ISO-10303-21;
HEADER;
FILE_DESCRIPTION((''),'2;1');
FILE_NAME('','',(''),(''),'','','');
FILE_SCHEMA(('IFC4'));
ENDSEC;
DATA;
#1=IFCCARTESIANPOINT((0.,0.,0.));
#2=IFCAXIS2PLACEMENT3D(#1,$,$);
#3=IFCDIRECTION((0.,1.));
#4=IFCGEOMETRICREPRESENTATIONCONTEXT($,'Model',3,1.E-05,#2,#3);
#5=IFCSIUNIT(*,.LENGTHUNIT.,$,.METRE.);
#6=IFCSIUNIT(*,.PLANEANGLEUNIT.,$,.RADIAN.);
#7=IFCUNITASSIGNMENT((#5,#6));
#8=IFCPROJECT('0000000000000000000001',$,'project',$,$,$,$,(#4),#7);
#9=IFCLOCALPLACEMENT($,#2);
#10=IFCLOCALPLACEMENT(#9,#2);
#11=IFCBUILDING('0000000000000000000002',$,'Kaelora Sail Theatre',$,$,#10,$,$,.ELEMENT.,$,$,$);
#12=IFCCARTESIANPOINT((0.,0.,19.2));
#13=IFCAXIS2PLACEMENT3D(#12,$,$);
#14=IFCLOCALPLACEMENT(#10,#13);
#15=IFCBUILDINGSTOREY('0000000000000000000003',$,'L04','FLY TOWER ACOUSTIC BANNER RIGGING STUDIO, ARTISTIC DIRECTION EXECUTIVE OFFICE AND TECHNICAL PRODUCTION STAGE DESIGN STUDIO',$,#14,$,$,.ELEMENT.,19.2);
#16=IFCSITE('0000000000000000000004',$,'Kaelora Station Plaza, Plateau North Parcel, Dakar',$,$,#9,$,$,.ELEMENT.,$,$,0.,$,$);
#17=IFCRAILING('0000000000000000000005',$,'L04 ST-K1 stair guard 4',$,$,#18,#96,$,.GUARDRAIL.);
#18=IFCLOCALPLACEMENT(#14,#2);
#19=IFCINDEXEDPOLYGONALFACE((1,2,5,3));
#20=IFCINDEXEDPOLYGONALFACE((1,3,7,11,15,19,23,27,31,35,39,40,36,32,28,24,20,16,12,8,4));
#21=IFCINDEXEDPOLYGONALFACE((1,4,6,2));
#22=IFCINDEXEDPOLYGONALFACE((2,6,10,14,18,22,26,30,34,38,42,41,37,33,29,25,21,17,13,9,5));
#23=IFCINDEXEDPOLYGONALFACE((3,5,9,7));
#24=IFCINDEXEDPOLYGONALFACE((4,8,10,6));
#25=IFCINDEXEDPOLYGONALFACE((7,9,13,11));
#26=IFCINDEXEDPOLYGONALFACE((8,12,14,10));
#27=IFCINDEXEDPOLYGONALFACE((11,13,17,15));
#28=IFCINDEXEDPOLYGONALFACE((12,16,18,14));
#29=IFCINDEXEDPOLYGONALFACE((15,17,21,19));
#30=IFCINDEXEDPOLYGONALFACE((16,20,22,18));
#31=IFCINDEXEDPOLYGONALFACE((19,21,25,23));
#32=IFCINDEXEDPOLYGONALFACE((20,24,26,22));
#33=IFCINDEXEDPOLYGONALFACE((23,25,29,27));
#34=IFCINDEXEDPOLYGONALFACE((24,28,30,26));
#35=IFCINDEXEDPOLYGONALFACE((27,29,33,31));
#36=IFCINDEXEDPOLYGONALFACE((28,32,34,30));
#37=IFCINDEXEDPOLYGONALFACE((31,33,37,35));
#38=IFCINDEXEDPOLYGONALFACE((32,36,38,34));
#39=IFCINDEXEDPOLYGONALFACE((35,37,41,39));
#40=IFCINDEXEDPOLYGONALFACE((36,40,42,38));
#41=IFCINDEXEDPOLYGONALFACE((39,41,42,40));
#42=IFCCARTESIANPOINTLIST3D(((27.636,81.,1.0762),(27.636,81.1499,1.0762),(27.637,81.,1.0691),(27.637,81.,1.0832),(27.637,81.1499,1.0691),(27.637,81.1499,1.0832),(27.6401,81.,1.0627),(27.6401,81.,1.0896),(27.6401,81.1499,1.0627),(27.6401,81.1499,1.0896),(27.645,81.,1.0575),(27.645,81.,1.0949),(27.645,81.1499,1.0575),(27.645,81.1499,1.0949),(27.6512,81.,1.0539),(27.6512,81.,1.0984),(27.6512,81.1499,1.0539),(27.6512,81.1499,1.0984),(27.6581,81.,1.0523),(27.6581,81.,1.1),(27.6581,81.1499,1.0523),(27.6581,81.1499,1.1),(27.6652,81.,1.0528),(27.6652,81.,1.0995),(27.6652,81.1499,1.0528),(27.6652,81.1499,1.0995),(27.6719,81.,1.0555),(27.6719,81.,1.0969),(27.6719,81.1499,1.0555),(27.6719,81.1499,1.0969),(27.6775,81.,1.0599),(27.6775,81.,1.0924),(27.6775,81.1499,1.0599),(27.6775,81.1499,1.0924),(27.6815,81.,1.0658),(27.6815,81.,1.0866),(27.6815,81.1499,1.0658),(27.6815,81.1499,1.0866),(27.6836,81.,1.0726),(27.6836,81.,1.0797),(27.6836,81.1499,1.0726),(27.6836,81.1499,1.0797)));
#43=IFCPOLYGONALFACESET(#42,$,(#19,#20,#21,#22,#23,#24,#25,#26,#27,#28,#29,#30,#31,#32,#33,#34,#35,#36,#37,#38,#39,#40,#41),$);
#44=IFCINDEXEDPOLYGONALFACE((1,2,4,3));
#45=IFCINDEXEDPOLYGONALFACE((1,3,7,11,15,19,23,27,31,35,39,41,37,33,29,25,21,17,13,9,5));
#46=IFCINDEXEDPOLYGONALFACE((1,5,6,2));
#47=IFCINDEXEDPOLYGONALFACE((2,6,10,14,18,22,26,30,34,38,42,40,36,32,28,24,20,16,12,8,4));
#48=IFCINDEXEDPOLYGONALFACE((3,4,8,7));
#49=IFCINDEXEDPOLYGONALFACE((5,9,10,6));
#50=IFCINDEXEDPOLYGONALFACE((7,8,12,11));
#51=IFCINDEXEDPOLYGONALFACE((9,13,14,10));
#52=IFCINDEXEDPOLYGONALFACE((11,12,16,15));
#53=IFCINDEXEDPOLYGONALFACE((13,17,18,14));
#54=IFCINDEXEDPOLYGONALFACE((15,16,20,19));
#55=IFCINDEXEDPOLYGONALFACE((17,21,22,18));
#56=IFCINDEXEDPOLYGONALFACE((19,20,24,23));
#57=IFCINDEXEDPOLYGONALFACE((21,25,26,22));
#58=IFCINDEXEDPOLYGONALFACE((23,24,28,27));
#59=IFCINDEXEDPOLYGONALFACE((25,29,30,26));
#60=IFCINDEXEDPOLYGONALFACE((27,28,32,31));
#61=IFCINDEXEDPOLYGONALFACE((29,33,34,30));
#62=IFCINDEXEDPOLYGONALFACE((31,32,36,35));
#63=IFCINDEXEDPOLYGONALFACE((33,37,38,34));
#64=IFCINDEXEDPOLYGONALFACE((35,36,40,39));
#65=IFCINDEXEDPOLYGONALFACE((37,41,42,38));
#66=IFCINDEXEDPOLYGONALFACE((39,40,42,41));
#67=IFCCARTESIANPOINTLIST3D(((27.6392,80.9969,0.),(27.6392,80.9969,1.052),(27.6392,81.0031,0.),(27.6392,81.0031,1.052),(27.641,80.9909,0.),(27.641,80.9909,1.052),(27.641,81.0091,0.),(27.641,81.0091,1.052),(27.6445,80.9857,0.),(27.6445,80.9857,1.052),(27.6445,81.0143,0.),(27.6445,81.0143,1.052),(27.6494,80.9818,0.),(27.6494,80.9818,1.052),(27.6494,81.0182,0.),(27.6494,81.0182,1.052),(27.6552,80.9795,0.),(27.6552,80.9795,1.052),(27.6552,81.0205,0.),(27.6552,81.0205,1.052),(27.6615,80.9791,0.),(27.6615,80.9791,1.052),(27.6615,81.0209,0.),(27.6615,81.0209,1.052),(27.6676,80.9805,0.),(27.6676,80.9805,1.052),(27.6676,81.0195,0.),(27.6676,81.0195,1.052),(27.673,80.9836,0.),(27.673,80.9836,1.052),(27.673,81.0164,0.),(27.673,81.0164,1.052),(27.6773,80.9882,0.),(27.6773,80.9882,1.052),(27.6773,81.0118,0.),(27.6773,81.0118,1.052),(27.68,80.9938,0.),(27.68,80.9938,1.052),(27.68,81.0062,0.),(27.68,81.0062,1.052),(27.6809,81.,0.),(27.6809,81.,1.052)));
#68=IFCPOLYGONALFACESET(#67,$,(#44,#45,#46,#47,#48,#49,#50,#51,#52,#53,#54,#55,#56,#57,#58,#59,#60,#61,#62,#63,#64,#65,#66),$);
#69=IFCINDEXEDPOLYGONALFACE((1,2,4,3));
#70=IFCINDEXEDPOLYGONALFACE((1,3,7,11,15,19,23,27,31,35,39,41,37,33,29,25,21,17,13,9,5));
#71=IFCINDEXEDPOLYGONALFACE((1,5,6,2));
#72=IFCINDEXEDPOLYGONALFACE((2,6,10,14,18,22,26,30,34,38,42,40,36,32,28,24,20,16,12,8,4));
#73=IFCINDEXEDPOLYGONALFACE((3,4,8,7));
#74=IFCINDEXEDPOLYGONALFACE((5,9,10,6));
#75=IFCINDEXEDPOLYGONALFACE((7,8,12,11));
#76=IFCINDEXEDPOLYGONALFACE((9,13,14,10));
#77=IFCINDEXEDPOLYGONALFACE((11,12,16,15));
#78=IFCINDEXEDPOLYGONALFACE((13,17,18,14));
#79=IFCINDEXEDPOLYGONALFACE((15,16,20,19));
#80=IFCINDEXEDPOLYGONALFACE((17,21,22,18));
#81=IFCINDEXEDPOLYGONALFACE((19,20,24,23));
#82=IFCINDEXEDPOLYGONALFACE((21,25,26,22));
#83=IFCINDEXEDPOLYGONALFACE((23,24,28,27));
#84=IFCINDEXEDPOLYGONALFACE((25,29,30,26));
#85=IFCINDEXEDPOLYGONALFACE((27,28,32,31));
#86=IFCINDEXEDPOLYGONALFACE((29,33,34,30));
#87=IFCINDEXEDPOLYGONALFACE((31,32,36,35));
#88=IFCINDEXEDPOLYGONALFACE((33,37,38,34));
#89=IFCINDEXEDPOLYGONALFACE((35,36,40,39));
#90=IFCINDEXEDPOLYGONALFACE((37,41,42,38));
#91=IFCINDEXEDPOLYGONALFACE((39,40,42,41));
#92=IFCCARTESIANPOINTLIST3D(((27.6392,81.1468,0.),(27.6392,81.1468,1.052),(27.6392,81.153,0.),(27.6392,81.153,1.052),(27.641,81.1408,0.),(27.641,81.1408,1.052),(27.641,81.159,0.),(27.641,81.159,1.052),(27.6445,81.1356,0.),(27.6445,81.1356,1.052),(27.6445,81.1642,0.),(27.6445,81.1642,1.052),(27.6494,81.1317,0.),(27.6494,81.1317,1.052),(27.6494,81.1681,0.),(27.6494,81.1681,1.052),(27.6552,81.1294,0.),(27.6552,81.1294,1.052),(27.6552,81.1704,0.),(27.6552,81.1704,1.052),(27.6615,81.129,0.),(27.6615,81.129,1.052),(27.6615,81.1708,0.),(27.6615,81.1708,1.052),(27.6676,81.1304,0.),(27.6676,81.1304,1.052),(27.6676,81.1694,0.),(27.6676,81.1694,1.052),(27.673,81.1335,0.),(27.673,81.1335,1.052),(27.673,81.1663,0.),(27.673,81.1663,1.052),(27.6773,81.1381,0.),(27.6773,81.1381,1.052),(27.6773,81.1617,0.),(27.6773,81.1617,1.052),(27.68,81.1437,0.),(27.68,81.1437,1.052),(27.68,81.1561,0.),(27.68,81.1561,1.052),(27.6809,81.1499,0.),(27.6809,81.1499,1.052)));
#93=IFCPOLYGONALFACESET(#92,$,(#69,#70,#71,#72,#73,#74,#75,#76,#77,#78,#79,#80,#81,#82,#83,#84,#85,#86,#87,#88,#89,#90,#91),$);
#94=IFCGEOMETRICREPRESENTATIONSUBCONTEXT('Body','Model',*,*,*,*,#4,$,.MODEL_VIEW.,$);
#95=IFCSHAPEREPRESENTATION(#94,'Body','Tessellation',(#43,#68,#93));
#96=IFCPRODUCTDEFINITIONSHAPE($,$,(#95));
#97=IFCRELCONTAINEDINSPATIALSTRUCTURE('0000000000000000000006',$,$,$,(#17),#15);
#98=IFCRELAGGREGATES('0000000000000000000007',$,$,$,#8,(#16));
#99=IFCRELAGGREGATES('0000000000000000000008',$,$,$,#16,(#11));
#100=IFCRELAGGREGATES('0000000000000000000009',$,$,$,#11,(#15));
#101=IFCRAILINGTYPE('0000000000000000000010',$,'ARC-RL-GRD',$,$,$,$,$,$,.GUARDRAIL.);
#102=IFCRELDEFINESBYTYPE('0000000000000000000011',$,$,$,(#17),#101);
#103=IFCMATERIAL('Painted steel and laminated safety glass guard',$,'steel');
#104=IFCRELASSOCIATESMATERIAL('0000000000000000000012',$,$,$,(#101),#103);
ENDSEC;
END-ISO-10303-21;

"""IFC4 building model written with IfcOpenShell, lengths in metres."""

from ifc_helpers import new_model, si_unit, direction, frame, origin, origin_2d, place, context, subcontext, project, spatial, circle, extrude, material, type_object, element, save


model = new_model("IFC4")

# Units and contexts
model_context = context("Model", 3, precision=1e-05, world=origin(), true_north=direction((0.0, 1.0)))
body_context = subcontext(model_context, "Body", "Model", "MODEL_VIEW")
ifc_project = project(units=[si_unit("LENGTHUNIT", "METRE"), si_unit("PLANEANGLEUNIT", "RADIAN")], contexts=[model_context])

# Site, building, storey
site_placement = place(None, origin())
site = spatial("IfcSite", under=ifc_project, at=site_placement, Name="Kaelora Station Plaza, Plateau North Parcel, Dakar", CompositionType="ELEMENT", RefElevation=0.0)
building_placement = place(site_placement, origin())
building = spatial("IfcBuilding", under=site, at=building_placement, Name="Kaelora Sail Theatre", CompositionType="ELEMENT")
storey_placement = place(building_placement, frame((0.0, 0.0, 19.2)))
storey = spatial("IfcBuildingStorey", under=building, at=storey_placement, Name="L04", Description="FLY TOWER ACOUSTIC BANNER RIGGING STUDIO, ARTISTIC DIRECTION EXECUTIVE OFFICE AND TECHNICAL PRODUCTION STAGE DESIGN STUDIO", CompositionType="ELEMENT", Elevation=19.2)

# Railing
ifc_material_1 = material(Name="Painted steel and laminated safety glass guard", Category="steel")
railing_type_1 = type_object("IfcRailingType", Name="ARC-RL-GRD", PredefinedType="GUARDRAIL", material=ifc_material_1)
railing_1_placement = place(storey_placement, frame((27.6599, 81.0, 0.0)))
element("IfcRailing", 1, at=railing_1_placement, inside=storey, type_object=railing_type_1, Name="L04 ST-K1 stair guard 4", PredefinedType="GUARDRAIL", context=body_context, shape_type="SweptSolid", body=[
    extrude(circle(Radius=0.0239, at=origin_2d()), frame((0.0, 0.0, 1.0762), z_axis=(0.0, 1.0, 0.0), x_axis=(-1.0, 0.0, 0.0)), (0.0, 0.0, 1.0), 0.1499),
    extrude(circle(Radius=0.021, at=origin_2d()), origin(), (0.0, 0.0, 1.0), 1.052),
    extrude(circle(Radius=0.021, at=origin_2d()), frame((0.0, 0.1499, 0.0)), (0.0, 0.0, 1.0), 1.052),
])

save(model, "model.ifc")
